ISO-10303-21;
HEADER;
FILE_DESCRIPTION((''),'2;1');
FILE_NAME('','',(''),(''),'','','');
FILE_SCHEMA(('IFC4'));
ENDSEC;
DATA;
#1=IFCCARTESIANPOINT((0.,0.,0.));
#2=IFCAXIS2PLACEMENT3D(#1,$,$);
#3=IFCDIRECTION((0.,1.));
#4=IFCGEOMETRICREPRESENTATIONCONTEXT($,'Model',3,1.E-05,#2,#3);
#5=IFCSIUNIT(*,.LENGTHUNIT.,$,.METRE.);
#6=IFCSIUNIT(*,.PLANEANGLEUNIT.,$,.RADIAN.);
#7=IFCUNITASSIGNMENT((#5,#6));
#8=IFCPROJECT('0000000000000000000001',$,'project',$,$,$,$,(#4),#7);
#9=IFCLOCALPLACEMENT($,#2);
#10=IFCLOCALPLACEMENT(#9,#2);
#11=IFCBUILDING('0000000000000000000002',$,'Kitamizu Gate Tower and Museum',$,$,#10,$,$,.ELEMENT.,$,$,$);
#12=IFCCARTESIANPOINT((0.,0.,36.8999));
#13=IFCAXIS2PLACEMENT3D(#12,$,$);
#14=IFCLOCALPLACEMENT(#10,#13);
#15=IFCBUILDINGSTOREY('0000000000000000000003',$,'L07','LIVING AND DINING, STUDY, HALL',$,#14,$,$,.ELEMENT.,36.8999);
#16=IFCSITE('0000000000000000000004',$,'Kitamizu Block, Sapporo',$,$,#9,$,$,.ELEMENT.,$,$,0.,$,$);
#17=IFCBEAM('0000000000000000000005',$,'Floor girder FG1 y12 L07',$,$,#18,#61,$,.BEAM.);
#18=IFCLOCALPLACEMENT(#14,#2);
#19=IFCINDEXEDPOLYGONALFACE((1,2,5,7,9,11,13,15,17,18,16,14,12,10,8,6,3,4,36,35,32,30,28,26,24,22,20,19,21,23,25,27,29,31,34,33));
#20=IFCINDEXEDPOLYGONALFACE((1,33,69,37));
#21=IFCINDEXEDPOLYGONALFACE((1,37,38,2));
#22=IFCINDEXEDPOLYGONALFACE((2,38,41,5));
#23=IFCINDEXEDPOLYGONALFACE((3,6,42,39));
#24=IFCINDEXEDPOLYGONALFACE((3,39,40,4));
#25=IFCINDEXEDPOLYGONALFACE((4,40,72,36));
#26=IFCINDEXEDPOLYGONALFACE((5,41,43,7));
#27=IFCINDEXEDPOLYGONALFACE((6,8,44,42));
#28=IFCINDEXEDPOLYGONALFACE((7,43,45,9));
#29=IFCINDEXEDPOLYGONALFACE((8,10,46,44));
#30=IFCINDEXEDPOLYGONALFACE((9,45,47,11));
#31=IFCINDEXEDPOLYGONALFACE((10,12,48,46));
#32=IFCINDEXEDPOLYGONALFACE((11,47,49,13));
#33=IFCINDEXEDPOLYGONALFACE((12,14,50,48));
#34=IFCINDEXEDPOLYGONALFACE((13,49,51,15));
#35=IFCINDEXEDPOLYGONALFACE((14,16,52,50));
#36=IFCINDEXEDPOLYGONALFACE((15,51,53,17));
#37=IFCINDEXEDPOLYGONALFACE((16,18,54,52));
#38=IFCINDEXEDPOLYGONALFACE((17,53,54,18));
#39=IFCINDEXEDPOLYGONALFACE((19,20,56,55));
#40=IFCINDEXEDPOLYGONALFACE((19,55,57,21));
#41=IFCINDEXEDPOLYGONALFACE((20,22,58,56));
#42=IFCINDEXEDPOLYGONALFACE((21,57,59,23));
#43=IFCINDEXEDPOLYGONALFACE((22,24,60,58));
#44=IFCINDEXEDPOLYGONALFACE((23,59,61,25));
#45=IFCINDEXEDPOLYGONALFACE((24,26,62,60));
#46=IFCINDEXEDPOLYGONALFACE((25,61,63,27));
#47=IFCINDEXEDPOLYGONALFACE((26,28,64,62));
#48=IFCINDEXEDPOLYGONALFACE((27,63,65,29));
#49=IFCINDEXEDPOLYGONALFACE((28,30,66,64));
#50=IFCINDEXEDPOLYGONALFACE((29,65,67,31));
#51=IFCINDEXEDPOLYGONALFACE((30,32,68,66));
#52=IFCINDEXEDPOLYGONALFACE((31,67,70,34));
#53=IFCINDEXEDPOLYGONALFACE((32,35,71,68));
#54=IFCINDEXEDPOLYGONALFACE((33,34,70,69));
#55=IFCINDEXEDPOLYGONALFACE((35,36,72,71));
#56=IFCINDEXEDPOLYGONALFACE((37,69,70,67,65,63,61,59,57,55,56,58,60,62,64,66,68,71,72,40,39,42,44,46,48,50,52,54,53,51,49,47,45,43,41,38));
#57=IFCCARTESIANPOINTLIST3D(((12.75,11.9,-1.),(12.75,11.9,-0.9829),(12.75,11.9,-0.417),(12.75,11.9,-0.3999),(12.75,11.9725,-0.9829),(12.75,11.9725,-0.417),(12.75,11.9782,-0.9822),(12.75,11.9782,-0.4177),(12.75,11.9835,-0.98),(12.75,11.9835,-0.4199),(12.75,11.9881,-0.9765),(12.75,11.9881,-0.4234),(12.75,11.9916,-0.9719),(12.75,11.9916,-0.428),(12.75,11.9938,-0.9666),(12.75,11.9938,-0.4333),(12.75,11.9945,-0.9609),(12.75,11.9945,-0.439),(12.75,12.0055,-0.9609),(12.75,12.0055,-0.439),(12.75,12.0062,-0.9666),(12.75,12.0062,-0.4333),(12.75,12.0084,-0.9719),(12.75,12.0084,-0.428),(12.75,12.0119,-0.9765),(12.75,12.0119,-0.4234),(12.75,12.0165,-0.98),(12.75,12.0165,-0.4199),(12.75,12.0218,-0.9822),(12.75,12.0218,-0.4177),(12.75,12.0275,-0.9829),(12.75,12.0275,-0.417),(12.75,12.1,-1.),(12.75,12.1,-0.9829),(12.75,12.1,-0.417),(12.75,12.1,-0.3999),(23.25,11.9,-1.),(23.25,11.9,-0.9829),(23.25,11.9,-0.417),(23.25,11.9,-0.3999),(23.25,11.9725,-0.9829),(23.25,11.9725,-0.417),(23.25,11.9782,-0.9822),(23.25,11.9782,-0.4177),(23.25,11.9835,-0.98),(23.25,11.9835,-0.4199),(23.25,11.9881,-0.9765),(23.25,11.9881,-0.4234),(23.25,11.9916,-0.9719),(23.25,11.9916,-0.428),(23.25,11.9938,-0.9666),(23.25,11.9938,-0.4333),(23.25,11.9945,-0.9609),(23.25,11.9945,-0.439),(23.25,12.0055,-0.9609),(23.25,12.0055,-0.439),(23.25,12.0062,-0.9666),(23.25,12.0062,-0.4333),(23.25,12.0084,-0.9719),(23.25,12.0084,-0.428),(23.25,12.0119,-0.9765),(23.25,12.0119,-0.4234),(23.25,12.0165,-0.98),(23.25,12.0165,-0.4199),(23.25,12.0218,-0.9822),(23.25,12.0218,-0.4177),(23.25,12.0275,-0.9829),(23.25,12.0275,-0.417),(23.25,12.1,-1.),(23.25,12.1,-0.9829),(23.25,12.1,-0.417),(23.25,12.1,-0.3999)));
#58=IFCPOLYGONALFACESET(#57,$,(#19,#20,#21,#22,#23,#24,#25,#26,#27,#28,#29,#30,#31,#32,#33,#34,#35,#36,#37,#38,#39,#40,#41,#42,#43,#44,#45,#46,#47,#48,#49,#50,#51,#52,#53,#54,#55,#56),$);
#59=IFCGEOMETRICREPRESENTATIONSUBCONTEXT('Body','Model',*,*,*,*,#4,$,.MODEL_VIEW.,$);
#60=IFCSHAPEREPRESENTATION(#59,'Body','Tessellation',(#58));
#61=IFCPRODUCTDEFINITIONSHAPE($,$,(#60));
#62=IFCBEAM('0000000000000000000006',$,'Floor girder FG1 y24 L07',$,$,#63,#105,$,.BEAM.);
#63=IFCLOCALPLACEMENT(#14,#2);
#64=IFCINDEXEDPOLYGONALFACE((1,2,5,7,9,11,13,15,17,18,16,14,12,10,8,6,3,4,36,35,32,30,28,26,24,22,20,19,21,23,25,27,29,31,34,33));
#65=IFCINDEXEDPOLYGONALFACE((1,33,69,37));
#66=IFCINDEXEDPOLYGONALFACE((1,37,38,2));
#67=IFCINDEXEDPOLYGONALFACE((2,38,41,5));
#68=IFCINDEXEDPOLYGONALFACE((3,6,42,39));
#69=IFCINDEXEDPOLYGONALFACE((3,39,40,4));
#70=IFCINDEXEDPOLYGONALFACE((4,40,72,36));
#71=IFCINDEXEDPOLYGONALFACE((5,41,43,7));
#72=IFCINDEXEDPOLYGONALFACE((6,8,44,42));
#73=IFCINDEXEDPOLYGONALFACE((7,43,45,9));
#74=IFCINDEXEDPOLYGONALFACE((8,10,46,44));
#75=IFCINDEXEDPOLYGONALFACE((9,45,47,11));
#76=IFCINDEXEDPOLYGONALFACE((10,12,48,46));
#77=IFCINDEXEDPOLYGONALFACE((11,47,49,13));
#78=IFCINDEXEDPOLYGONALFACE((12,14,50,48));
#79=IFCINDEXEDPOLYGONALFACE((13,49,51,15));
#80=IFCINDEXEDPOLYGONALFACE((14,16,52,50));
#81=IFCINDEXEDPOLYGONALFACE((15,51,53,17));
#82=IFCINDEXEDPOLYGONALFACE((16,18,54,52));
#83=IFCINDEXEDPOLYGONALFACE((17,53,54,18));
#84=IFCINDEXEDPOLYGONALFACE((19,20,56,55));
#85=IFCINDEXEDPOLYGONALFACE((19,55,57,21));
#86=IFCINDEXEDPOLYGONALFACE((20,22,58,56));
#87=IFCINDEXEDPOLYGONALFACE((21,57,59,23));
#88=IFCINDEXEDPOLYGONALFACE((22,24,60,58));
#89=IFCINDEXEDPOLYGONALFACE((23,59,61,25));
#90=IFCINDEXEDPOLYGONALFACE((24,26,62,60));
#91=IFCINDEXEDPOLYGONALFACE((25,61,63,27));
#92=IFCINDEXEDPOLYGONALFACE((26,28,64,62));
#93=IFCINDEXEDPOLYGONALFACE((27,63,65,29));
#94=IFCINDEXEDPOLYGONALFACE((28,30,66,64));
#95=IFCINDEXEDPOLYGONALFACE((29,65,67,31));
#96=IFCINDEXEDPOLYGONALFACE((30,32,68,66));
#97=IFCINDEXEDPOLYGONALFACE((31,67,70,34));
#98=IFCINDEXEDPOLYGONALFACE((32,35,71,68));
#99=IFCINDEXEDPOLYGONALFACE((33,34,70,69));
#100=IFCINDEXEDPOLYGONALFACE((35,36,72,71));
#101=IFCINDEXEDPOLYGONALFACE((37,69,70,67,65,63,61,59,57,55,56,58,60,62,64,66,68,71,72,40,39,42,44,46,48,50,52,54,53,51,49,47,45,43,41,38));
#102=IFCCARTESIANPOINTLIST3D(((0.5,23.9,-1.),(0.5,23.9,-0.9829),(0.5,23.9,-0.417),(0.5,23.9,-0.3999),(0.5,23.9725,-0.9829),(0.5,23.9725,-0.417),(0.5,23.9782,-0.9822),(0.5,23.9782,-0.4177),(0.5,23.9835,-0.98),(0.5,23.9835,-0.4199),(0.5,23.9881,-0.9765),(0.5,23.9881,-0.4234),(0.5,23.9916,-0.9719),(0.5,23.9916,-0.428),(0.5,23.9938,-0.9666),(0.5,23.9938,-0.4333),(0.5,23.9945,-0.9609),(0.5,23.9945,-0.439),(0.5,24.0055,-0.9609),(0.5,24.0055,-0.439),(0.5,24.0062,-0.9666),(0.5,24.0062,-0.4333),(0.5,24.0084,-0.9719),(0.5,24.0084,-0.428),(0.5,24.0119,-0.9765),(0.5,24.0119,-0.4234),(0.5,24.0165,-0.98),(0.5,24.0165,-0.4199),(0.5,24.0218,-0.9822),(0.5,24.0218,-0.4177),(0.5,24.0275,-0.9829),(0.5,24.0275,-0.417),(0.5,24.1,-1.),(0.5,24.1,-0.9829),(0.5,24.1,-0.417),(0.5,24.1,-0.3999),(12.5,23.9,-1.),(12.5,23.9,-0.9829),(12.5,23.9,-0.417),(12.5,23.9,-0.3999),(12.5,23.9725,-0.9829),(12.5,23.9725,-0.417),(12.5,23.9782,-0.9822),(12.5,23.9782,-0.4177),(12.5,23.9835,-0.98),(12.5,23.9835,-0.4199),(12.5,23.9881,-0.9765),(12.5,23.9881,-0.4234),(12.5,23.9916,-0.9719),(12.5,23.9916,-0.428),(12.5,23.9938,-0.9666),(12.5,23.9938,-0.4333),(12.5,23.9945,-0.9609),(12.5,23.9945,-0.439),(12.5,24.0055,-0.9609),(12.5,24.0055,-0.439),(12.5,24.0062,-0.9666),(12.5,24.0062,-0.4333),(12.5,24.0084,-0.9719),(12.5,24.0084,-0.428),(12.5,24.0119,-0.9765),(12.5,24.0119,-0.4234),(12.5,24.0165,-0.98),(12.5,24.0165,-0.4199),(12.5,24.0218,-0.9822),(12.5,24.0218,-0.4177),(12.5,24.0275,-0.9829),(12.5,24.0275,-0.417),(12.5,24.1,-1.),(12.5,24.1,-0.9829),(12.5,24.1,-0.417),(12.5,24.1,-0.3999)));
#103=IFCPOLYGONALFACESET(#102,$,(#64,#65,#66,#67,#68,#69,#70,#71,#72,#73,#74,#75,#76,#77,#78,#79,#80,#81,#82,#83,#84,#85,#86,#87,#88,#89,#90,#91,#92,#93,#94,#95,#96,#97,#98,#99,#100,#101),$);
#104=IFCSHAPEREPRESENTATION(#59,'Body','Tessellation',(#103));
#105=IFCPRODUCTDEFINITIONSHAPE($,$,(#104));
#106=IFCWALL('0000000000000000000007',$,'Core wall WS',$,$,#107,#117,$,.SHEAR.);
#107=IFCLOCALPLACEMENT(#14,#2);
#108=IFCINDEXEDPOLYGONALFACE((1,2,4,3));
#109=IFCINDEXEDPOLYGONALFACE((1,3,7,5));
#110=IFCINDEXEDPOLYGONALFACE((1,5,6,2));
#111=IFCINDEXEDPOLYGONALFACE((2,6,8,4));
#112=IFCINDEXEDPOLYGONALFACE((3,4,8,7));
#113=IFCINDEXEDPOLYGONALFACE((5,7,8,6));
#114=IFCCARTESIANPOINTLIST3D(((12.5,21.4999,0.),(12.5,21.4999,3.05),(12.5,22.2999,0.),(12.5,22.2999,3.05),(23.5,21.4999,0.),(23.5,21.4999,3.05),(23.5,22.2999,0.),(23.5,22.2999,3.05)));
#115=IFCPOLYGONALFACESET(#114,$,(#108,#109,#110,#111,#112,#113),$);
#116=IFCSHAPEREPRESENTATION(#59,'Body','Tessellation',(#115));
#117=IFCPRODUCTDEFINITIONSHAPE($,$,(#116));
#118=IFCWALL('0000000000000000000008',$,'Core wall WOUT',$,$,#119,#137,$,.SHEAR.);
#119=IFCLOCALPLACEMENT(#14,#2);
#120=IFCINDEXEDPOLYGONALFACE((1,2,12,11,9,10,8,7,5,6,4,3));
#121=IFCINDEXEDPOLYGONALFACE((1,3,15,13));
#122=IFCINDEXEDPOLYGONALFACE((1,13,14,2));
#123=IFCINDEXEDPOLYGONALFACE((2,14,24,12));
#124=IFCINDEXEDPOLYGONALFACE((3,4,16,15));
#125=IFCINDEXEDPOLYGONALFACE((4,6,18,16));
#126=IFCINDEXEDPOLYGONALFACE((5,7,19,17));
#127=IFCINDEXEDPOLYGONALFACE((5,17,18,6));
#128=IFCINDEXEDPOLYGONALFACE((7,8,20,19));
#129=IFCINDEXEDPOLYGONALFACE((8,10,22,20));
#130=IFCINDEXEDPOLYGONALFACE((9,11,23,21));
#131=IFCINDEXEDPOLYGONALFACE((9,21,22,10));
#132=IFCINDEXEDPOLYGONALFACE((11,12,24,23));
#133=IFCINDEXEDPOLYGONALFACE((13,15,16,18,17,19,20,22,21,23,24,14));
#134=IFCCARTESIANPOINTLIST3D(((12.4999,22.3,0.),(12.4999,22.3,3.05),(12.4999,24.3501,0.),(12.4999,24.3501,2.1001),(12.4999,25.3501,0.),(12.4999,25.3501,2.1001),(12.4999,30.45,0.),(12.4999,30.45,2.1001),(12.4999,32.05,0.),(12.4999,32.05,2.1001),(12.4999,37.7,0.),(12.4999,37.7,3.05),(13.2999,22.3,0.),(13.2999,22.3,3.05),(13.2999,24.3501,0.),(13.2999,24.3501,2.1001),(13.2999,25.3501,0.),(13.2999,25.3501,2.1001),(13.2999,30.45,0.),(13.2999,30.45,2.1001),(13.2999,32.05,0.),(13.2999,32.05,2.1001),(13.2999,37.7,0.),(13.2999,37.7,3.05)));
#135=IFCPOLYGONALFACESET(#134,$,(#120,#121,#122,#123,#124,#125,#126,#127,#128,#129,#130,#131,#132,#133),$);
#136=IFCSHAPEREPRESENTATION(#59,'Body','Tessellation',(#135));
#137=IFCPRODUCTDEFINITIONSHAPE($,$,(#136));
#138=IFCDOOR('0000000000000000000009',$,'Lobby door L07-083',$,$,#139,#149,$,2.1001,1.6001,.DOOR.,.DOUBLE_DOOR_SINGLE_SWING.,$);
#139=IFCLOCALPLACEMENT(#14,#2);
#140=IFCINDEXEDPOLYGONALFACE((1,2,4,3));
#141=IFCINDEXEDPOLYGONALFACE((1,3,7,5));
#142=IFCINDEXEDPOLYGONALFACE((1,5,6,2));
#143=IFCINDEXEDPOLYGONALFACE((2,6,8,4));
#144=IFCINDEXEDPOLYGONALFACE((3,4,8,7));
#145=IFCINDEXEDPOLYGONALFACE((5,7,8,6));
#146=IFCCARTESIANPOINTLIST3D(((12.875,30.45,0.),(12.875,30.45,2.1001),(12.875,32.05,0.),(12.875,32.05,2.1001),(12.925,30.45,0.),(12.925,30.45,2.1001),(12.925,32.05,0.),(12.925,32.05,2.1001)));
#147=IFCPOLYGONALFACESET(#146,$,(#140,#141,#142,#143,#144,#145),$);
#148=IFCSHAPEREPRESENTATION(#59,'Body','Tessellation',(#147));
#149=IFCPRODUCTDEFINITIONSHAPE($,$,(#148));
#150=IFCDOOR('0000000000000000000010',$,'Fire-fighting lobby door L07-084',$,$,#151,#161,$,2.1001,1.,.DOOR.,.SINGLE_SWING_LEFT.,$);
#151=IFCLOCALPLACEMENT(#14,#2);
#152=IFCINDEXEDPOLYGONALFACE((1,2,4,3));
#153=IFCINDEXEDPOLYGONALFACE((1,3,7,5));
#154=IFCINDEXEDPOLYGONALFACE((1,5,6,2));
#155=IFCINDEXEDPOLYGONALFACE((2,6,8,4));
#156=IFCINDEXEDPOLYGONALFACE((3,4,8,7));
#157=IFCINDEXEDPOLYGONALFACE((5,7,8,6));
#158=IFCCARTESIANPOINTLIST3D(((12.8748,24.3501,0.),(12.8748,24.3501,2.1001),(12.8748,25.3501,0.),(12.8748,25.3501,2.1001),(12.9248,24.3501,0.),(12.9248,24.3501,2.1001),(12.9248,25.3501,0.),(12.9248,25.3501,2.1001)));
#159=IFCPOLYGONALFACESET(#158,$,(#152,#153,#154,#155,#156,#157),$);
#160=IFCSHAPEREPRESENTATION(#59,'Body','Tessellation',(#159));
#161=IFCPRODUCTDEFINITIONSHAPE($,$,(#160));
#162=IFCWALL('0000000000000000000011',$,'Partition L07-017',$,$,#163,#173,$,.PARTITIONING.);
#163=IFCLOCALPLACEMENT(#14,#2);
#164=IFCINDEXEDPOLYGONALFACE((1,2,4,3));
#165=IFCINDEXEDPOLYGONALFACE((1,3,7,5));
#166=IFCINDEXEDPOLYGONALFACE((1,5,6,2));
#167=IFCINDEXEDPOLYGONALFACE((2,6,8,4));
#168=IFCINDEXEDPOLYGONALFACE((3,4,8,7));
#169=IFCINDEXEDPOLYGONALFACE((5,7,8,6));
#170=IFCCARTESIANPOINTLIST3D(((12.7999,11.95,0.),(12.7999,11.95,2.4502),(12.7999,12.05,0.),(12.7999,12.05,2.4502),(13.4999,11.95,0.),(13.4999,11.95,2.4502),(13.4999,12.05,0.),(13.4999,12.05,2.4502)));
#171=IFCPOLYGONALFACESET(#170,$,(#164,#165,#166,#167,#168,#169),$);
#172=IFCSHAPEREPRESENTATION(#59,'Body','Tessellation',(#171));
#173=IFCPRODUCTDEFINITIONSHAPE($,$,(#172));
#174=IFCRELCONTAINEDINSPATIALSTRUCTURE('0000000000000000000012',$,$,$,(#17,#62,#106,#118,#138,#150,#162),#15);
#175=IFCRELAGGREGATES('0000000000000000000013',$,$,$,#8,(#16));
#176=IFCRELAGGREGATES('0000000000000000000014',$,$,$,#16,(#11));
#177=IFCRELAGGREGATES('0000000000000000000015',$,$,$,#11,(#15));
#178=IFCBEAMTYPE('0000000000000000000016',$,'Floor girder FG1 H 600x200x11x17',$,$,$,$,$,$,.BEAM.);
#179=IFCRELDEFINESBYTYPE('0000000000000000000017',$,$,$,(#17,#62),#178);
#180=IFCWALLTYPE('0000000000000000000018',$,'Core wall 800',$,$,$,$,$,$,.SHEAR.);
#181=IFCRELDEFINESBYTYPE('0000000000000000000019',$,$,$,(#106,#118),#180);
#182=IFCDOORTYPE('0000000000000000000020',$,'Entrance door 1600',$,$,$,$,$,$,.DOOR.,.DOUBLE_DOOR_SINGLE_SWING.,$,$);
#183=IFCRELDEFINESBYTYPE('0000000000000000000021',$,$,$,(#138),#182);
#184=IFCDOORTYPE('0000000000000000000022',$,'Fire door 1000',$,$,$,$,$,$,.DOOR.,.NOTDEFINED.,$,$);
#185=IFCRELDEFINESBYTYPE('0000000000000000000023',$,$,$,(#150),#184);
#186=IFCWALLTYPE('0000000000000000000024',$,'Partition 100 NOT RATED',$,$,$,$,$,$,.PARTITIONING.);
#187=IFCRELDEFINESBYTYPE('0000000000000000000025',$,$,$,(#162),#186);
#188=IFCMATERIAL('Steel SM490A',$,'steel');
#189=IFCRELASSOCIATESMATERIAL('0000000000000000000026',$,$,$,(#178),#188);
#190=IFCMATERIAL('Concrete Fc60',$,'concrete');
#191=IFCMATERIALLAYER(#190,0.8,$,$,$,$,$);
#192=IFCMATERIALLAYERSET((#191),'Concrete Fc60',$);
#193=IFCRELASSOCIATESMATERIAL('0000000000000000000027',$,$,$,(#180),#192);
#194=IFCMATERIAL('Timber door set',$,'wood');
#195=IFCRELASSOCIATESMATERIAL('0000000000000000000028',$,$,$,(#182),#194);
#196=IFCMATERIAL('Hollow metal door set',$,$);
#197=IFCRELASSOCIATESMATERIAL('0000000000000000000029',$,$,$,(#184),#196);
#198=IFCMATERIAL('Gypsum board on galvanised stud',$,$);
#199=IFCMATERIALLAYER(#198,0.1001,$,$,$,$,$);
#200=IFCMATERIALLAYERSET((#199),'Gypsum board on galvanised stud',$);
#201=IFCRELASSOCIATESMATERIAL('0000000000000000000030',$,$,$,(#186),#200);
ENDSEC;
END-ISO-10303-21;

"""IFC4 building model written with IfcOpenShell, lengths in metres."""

from ifc_helpers import new_model, si_unit, direction, frame, frame_2d, origin, origin_2d, place, context, subcontext, project, spatial, rectangle, i_section, extrude, material, layer, layer_set, material_profile, profile_set, type_object, element, fill, save


model = new_model("IFC4")

# Units and contexts
model_context = context("Model", 3, precision=1e-05, world=origin(), true_north=direction((0.0, 1.0)))
body_context = subcontext(model_context, "Body", "Model", "MODEL_VIEW")
ifc_project = project(units=[si_unit("LENGTHUNIT", "METRE"), si_unit("PLANEANGLEUNIT", "RADIAN")], contexts=[model_context])

# Site, building, storey
site_placement = place(None, origin())
site = spatial("IfcSite", under=ifc_project, at=site_placement, Name="Kitamizu Block, Sapporo", CompositionType="ELEMENT", RefElevation=0.0)
building_placement = place(site_placement, origin())
building = spatial("IfcBuilding", under=site, at=building_placement, Name="Kitamizu Gate Tower and Museum", CompositionType="ELEMENT")
storey_placement = place(building_placement, frame((0.0, 0.0, 36.8999)))
storey = spatial("IfcBuildingStorey", under=building, at=storey_placement, Name="L07", Description="LIVING AND DINING, STUDY, HALL", CompositionType="ELEMENT", Elevation=36.8999)

# Beams
ifc_material_1 = material(Name="Steel SM490A", Category="steel")
ifc_material_profile_1 = material_profile(ifc_material_1, i_section(OverallWidth=0.2, OverallDepth=0.6001, WebThickness=0.011, FlangeThickness=0.0171, FilletRadius=0.022, at=origin_2d()), Name="H-600x200x11x17")
ifc_profile_set_1 = profile_set([ifc_material_profile_1], Name="Steel SM490A")
beam_type_1 = type_object("IfcBeamType", Name="Floor girder FG1 H 600x200x11x17", PredefinedType="BEAM", material=ifc_profile_set_1)
beam_1_placement = place(storey_placement, frame((12.75, 12.0, -0.7), z_axis=(1.0, 0.0, 0.0), x_axis=(0.0, 1.0, 0.0)))
element("IfcBeam", 1, at=beam_1_placement, inside=storey, type_object=beam_type_1, Name="Floor girder FG1 y12 L07", PredefinedType="BEAM", context=body_context, shape_type="SweptSolid", body=[
    extrude(i_section(OverallWidth=0.2, OverallDepth=0.6001, WebThickness=0.011, FlangeThickness=0.0171, FilletRadius=0.022, at=origin_2d()), origin(), (0.0, 0.0, 1.0), 10.5),
])
beam_2_placement = place(storey_placement, frame((0.5, 24.0, -0.7), z_axis=(1.0, 0.0, 0.0), x_axis=(0.0, 1.0, 0.0)))
element("IfcBeam", 2, at=beam_2_placement, inside=storey, type_object=beam_type_1, Name="Floor girder FG1 y24 L07", PredefinedType="BEAM", context=body_context, shape_type="SweptSolid", body=[
    extrude(i_section(OverallWidth=0.2, OverallDepth=0.6001, WebThickness=0.011, FlangeThickness=0.0171, FilletRadius=0.022, at=origin_2d()), origin(), (0.0, 0.0, 1.0), 12.0),
])

# Wall
ifc_material_2 = material(Name="Concrete Fc60", Category="concrete")
ifc_layer_1 = layer(ifc_material_2, 0.8)
ifc_layer_set_1 = layer_set([ifc_layer_1], Name="Concrete Fc60")
wall_type_1 = type_object("IfcWallType", Name="Core wall 800", PredefinedType="SHEAR", material=ifc_layer_set_1)
wall_1_placement = place(storey_placement, frame((12.5, 21.8999, 0.0), z_axis=(0.0, 0.0, 1.0), x_axis=(1.0, 0.0, 0.0)))
element("IfcWall", 3, at=wall_1_placement, inside=storey, type_object=wall_type_1, Name="Core wall WS", PredefinedType="SHEAR", context=body_context, shape_type="SweptSolid", body=[
    extrude(rectangle(XDim=11.0, YDim=0.8, at=frame_2d((5.5, 0.0))), origin(), (0.0, 0.0, 1.0), 3.05),
])

# Wall, openings, doors
wall_2_placement = place(storey_placement, frame((12.8999, 22.3, 0.0), z_axis=(0.0, 0.0, 1.0), x_axis=(0.0, 1.0, 0.0)))
wall_2 = element("IfcWall", 4, at=wall_2_placement, inside=storey, type_object=wall_type_1, Name="Core wall WOUT", PredefinedType="SHEAR", context=body_context, shape_type="SweptSolid", body=[
    extrude(rectangle(XDim=15.3999, YDim=0.8, at=frame_2d((7.7, 0.0))), origin(), (0.0, 0.0, 1.0), 3.05),
])
opening_1_placement = place(wall_2_placement, frame((8.1499, 0.0, 0.0)))
opening_1 = element("IfcOpeningElement", 5, at=opening_1_placement, cuts=wall_2, PredefinedType="OPENING", context=body_context, shape_type="SweptSolid", body=[
    extrude(rectangle(XDim=1.6001, YDim=2.1001, at=frame_2d((0.8, 1.05))), frame((0.0, 0.4102, 0.0), z_axis=(0.0, -1.0, 0.0), x_axis=(1.0, 0.0, 0.0)), (0.0, 0.0, 1.0), 0.8201),
])
opening_2_placement = place(wall_2_placement, frame((2.05, 0.0, 0.0)))
opening_2 = element("IfcOpeningElement", 6, at=opening_2_placement, cuts=wall_2, PredefinedType="OPENING", context=body_context, shape_type="SweptSolid", body=[
    extrude(rectangle(XDim=1.0, YDim=2.1001, at=frame_2d((0.5, 1.05))), frame((0.0, 0.4102, 0.0), z_axis=(0.0, -1.0, 0.0), x_axis=(1.0, 0.0, 0.0)), (0.0, 0.0, 1.0), 0.8201),
])
ifc_material_3 = material(Name="Timber door set", Category="wood")
door_type_1 = type_object("IfcDoorType", Name="Entrance door 1600", OperationType="DOUBLE_DOOR_SINGLE_SWING", PredefinedType="DOOR", material=ifc_material_3)
door_1_placement = place(opening_1_placement, origin())
door_1 = element("IfcDoor", 7, at=door_1_placement, inside=storey, type_object=door_type_1, Name="Lobby door L07-083", OperationType="DOUBLE_DOOR_SINGLE_SWING", OverallHeight=2.1001, OverallWidth=1.6001, PredefinedType="DOOR", context=body_context, shape_type="SweptSolid", body=[
    extrude(rectangle(XDim=1.6001, YDim=2.1001, at=frame_2d((0.8, 1.05))), frame((0.0, 0.0249, 0.0), z_axis=(0.0, -1.0, 0.0), x_axis=(1.0, 0.0, 0.0)), (0.0, 0.0, 1.0), 0.05),
])
fill(opening_1, door_1)
ifc_material_4 = material(Name="Hollow metal door set")
door_type_2 = type_object("IfcDoorType", Name="Fire door 1000", OperationType="NOTDEFINED", PredefinedType="DOOR", material=ifc_material_4)
door_2_placement = place(opening_2_placement, frame((1.0, 0.0, 0.0), x_axis=(-1.0, 0.0, 0.0)))
door_2 = element("IfcDoor", 8, at=door_2_placement, inside=storey, type_object=door_type_2, Name="Fire-fighting lobby door L07-084", OperationType="SINGLE_SWING_LEFT", OverallHeight=2.1001, OverallWidth=1.0, PredefinedType="DOOR", context=body_context, shape_type="SweptSolid", body=[
    extrude(rectangle(XDim=1.0, YDim=2.1001, at=frame_2d((0.5, 1.05))), frame((0.0, 0.0249, 0.0), z_axis=(0.0, -1.0, 0.0), x_axis=(1.0, 0.0, 0.0)), (0.0, 0.0, 1.0), 0.05),
])
fill(opening_2, door_2)

# Wall
ifc_material_5 = material(Name="Gypsum board on galvanised stud")
ifc_layer_2 = layer(ifc_material_5, 0.1001)
ifc_layer_set_2 = layer_set([ifc_layer_2], Name="Gypsum board on galvanised stud")
wall_type_2 = type_object("IfcWallType", Name="Partition 100 NOT RATED", PredefinedType="PARTITIONING", material=ifc_layer_set_2)
wall_3_placement = place(storey_placement, frame((13.5, 12.0, 0.0), z_axis=(0.0, 0.0, 1.0), x_axis=(-1.0, 0.0, 0.0)))
element("IfcWall", 9, at=wall_3_placement, inside=storey, type_object=wall_type_2, Name="Partition L07-017", PredefinedType="PARTITIONING", context=body_context, shape_type="SweptSolid", body=[
    extrude(rectangle(XDim=0.7, YDim=0.1001, at=frame_2d((0.3501, 0.0))), origin(), (0.0, 0.0, 1.0), 2.4502),
])

save(model, "model.ifc")
